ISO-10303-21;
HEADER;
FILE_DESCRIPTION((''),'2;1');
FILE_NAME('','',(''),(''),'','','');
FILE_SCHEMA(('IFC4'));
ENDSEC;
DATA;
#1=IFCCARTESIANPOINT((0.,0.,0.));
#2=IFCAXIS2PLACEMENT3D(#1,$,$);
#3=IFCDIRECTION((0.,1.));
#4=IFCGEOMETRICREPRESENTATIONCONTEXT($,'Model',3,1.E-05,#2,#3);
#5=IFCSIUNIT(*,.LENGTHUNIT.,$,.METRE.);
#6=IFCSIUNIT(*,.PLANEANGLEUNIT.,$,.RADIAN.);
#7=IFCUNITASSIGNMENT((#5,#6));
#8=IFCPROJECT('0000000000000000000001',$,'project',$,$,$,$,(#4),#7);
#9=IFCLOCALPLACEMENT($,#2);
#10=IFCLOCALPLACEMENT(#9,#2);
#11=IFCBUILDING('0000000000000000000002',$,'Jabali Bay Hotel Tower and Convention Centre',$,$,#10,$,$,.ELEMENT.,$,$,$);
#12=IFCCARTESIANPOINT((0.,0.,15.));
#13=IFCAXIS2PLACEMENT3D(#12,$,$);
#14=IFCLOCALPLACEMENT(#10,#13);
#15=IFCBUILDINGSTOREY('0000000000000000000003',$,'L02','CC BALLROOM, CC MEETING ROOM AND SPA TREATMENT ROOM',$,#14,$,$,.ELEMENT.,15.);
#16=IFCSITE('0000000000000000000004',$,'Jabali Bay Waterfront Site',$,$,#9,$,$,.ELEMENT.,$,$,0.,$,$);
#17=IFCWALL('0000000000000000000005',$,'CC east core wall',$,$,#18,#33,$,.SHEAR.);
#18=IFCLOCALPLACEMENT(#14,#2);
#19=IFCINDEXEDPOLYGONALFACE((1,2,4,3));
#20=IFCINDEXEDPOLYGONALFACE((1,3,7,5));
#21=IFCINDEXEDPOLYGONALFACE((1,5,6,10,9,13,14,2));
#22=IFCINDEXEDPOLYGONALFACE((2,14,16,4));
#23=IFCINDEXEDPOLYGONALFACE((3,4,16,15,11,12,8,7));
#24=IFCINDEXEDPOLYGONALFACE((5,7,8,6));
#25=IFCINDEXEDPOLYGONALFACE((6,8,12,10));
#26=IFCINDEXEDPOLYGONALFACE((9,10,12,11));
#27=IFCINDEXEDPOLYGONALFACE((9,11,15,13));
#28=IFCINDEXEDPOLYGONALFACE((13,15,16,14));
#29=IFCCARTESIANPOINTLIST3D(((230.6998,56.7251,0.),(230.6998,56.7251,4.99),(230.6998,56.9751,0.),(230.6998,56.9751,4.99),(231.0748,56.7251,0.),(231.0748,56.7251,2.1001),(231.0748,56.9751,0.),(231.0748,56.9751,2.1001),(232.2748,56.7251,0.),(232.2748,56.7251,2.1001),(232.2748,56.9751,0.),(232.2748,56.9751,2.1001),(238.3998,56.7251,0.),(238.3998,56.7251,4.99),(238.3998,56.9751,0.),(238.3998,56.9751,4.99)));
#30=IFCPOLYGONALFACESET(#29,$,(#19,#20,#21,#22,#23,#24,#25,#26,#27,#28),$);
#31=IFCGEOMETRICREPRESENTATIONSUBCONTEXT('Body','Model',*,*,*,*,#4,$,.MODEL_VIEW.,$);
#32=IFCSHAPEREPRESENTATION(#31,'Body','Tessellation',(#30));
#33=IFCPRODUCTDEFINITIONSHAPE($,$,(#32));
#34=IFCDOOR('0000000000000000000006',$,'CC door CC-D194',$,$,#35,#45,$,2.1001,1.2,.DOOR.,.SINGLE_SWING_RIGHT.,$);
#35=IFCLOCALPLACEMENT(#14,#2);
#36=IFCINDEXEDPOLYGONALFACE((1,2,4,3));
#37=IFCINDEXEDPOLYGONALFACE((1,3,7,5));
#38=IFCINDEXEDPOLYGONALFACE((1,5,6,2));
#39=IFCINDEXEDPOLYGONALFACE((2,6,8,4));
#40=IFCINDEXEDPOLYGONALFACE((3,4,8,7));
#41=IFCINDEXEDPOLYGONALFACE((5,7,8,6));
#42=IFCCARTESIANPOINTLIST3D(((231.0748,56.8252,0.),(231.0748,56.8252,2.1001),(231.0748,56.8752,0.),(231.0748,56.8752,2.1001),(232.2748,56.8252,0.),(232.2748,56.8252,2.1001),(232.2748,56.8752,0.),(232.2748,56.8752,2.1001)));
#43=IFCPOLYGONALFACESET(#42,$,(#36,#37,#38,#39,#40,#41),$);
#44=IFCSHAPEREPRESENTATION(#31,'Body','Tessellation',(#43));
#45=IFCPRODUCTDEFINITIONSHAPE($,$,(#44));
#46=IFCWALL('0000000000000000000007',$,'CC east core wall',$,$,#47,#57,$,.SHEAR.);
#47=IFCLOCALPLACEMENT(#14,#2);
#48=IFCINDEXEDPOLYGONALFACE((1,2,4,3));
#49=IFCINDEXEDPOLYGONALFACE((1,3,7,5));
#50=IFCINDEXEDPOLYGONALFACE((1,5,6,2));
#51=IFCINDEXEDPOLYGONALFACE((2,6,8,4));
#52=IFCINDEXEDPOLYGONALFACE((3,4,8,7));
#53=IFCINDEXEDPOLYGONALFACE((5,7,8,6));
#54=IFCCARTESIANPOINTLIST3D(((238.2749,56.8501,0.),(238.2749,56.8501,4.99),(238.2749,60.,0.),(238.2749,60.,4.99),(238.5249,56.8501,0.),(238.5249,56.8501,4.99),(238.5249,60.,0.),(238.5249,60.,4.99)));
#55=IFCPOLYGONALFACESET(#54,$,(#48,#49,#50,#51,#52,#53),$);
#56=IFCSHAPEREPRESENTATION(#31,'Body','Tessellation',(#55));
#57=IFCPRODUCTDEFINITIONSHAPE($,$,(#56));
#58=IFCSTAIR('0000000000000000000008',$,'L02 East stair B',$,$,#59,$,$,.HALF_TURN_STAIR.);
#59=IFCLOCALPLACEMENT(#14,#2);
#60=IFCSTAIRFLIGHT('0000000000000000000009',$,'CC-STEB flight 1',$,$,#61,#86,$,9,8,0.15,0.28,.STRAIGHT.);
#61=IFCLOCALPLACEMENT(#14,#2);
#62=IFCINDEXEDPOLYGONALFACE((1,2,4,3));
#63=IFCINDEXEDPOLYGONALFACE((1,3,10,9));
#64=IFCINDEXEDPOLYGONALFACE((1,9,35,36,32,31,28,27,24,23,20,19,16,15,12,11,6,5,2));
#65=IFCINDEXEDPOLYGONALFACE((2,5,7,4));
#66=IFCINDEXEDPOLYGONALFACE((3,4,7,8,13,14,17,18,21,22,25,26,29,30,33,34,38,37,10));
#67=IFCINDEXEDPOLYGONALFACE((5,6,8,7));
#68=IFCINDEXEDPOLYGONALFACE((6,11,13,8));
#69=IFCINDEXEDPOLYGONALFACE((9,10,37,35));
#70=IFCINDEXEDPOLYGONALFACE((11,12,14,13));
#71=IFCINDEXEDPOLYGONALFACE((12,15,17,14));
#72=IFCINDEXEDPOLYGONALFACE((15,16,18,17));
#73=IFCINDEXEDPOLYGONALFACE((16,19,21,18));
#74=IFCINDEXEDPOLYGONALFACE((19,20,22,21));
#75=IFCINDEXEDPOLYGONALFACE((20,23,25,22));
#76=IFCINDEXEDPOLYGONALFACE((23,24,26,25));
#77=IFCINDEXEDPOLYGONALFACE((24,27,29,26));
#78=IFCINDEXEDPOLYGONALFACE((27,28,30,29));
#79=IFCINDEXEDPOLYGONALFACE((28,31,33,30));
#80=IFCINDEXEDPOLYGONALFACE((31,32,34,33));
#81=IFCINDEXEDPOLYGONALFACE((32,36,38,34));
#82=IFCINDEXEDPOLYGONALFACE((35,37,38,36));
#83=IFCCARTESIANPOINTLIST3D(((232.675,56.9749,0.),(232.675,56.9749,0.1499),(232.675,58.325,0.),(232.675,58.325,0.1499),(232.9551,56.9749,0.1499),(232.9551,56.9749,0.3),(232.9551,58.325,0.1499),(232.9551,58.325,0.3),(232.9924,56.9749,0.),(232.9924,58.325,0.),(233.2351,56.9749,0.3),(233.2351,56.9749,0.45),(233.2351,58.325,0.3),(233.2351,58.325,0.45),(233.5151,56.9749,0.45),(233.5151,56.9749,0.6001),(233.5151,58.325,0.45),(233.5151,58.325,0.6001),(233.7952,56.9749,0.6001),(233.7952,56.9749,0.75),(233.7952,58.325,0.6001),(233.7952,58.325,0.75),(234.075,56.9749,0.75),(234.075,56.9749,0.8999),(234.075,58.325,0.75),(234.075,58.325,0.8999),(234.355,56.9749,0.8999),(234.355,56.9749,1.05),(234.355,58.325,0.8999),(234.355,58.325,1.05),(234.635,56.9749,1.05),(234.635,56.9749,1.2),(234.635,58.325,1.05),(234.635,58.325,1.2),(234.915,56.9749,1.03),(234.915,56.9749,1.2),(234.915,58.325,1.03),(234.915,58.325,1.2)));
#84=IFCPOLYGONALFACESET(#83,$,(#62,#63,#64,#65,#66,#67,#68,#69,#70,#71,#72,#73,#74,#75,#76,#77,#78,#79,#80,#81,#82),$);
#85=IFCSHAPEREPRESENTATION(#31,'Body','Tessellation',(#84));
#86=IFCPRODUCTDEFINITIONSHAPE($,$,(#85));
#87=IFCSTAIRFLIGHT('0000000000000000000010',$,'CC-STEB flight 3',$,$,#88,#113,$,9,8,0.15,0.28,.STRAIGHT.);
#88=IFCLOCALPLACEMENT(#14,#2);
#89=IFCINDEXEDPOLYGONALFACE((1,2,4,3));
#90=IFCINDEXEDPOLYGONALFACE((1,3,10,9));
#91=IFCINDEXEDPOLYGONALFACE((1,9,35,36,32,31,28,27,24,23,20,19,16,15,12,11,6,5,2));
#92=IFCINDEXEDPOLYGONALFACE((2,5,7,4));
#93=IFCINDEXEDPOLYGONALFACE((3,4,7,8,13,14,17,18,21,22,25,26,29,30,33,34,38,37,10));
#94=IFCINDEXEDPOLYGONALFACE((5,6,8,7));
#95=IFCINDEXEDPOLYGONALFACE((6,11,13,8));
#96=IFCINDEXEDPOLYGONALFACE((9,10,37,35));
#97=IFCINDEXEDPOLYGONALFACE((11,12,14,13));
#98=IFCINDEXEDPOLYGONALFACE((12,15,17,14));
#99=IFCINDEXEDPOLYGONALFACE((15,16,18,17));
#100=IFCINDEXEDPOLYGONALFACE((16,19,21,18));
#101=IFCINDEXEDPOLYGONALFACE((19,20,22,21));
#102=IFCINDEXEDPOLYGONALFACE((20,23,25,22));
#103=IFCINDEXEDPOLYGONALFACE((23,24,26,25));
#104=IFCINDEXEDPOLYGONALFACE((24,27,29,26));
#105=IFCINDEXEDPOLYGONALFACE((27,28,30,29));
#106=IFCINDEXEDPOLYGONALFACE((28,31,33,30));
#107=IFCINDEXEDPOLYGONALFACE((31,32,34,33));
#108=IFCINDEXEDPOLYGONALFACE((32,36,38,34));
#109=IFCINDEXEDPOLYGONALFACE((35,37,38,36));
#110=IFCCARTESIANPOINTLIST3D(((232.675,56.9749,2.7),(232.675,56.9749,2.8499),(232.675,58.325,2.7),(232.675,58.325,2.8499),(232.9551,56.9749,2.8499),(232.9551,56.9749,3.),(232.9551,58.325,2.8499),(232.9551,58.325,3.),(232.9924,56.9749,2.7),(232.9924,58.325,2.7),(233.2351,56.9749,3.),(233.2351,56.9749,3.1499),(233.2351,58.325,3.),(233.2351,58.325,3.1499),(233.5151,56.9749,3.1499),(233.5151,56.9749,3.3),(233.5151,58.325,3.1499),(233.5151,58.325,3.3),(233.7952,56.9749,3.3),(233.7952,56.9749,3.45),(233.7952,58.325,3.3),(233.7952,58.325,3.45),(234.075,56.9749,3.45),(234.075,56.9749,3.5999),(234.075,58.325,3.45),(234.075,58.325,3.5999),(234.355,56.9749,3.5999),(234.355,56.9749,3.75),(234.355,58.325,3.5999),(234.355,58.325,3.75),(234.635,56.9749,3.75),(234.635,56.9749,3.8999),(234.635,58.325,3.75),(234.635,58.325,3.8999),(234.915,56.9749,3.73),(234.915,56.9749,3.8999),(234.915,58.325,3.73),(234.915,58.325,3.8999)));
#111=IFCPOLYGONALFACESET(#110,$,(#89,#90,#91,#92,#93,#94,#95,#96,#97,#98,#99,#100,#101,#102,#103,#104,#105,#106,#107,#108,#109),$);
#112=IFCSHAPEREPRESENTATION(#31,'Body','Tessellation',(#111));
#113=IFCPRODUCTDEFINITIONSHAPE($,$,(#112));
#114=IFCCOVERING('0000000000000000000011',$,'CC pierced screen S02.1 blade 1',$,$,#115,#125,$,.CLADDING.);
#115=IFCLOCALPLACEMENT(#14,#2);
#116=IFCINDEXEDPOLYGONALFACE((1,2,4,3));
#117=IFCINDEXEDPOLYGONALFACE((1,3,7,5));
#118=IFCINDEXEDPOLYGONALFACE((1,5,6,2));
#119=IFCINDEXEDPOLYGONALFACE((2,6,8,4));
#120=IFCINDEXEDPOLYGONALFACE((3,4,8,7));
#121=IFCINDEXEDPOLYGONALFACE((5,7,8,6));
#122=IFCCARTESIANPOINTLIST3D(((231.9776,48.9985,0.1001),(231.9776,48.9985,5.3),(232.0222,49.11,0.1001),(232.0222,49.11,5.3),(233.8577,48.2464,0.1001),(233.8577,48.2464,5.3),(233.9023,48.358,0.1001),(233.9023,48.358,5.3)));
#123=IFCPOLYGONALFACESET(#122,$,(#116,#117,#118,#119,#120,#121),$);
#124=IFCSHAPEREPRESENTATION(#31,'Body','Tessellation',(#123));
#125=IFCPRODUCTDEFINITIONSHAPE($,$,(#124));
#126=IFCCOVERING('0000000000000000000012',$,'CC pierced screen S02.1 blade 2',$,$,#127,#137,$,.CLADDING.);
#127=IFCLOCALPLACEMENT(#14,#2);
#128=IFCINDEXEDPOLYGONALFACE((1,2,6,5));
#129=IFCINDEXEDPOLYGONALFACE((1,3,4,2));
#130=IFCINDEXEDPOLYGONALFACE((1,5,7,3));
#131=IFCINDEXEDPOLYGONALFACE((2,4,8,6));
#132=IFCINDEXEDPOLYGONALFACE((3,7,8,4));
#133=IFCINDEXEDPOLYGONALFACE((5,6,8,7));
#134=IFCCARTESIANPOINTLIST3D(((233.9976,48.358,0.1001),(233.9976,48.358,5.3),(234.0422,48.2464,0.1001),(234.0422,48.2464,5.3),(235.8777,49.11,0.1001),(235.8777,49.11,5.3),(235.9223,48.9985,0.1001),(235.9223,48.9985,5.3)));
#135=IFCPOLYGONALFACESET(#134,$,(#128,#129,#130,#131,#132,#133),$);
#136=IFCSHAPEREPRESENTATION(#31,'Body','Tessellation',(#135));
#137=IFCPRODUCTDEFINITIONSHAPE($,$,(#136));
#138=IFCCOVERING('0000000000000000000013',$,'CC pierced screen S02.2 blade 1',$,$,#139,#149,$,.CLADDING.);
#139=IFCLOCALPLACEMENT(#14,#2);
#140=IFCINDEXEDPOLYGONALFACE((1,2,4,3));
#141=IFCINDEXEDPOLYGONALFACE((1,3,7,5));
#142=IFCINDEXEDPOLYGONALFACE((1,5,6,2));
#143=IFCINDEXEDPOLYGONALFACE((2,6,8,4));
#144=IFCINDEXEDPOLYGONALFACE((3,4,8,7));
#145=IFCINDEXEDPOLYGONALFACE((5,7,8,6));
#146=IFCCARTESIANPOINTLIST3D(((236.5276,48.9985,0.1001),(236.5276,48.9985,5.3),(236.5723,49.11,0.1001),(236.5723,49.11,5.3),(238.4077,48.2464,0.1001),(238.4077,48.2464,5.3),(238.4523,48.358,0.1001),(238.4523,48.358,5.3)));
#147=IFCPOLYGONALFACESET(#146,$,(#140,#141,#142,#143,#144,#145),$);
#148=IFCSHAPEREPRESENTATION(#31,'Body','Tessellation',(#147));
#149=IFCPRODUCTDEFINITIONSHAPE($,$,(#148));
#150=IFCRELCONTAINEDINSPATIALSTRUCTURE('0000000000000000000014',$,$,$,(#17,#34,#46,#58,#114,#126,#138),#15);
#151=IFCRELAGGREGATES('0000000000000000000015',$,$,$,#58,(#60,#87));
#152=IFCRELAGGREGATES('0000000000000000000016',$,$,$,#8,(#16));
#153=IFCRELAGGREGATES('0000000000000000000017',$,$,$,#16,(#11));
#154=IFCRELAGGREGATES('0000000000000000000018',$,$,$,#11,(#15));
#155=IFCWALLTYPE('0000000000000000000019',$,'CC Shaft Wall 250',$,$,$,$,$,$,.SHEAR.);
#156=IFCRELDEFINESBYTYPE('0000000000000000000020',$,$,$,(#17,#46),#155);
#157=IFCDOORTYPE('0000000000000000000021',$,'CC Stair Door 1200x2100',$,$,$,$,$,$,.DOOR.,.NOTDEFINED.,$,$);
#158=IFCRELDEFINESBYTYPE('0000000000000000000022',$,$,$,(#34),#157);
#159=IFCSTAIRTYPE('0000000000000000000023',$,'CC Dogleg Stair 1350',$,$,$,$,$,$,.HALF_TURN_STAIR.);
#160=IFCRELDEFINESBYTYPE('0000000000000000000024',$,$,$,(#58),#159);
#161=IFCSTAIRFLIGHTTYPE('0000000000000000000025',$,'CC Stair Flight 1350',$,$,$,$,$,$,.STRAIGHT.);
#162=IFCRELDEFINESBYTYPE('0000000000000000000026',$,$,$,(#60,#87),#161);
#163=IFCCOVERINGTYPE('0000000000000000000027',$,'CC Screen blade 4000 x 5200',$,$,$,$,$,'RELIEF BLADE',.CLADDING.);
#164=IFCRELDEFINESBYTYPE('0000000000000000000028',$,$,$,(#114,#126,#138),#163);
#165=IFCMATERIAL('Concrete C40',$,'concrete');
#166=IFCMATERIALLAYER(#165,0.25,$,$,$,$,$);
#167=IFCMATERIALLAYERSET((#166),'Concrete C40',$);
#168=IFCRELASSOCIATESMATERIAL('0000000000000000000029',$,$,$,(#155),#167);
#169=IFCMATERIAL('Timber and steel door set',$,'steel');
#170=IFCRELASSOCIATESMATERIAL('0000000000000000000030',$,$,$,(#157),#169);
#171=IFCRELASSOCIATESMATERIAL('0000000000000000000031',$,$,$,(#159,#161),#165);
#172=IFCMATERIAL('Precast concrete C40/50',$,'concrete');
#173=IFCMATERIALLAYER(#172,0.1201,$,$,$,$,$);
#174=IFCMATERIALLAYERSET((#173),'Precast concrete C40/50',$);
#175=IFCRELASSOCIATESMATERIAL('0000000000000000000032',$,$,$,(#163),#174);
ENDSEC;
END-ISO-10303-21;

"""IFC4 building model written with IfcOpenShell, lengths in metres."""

from ifc_helpers import new_model, si_unit, direction, frame, frame_2d, origin, origin_2d, place, context, subcontext, project, spatial, polyline, rectangle, outline, extrude, material, layer, layer_set, type_object, element, fill, aggregate, save


model = new_model("IFC4")

# Units and contexts
model_context = context("Model", 3, precision=1e-05, world=origin(), true_north=direction((0.0, 1.0)))
body_context = subcontext(model_context, "Body", "Model", "MODEL_VIEW")
ifc_project = project(units=[si_unit("LENGTHUNIT", "METRE"), si_unit("PLANEANGLEUNIT", "RADIAN")], contexts=[model_context])

# Site, building, storey
site_placement = place(None, origin())
site = spatial("IfcSite", under=ifc_project, at=site_placement, Name="Jabali Bay Waterfront Site", CompositionType="ELEMENT", RefElevation=0.0)
building_placement = place(site_placement, origin())
building = spatial("IfcBuilding", under=site, at=building_placement, Name="Jabali Bay Hotel Tower and Convention Centre", CompositionType="ELEMENT")
storey_placement = place(building_placement, frame((0.0, 0.0, 15.0)))
storey = spatial("IfcBuildingStorey", under=building, at=storey_placement, Name="L02", Description="CC BALLROOM, CC MEETING ROOM AND SPA TREATMENT ROOM", CompositionType="ELEMENT", Elevation=15.0)

# Shared definitions
ifc_material_1 = material(Name="Precast concrete C40/50", Category="concrete")

# Shared definitions
ifc_material_2 = material(Name="Timber and steel door set", Category="steel")

# Shared definitions
ifc_material_3 = material(Name="Concrete C40", Category="concrete")

# Wall, opening, door
ifc_layer_1 = layer(ifc_material_3, 0.25)
ifc_layer_set_1 = layer_set([ifc_layer_1], Name="Concrete C40")
wall_type_1 = type_object("IfcWallType", Name="CC Shaft Wall 250", PredefinedType="SHEAR", material=ifc_layer_set_1)
wall_1_placement = place(storey_placement, frame((238.3999, 56.8501, 0.0), z_axis=(0.0, 0.0, 1.0), x_axis=(-1.0, 0.0, 0.0)))
wall_1 = element("IfcWall", 1, at=wall_1_placement, inside=storey, type_object=wall_type_1, Name="CC east core wall", PredefinedType="SHEAR", context=body_context, shape_type="SweptSolid", body=[
    extrude(rectangle(XDim=7.7, YDim=0.25, at=frame_2d((3.8501, 0.0))), origin(), (0.0, 0.0, 1.0), 4.99),
])
opening_1_placement = place(wall_1_placement, frame((6.125, 0.0, 0.0)))
opening_1 = element("IfcOpeningElement", 2, at=opening_1_placement, cuts=wall_1, PredefinedType="OPENING", context=body_context, shape_type="SweptSolid", body=[
    extrude(rectangle(XDim=1.2, YDim=2.1001, at=frame_2d((0.6001, 1.05))), frame((0.0, 0.1355, 0.0), z_axis=(0.0, -1.0, 0.0), x_axis=(1.0, 0.0, 0.0)), (0.0, 0.0, 1.0), 0.271),
])
door_type_1 = type_object("IfcDoorType", Name="CC Stair Door 1200x2100", OperationType="NOTDEFINED", PredefinedType="DOOR", material=ifc_material_2)
door_1_placement = place(opening_1_placement, origin())
door_1 = element("IfcDoor", 3, at=door_1_placement, inside=storey, type_object=door_type_1, Name="CC door CC-D194", OperationType="SINGLE_SWING_RIGHT", OverallHeight=2.1001, OverallWidth=1.2, PredefinedType="DOOR", context=body_context, shape_type="SweptSolid", body=[
    extrude(rectangle(XDim=1.2, YDim=2.1001, at=frame_2d((0.6001, 1.05))), frame((0.0, 0.0249, 0.0), z_axis=(0.0, -1.0, 0.0), x_axis=(1.0, 0.0, 0.0)), (0.0, 0.0, 1.0), 0.05),
])
fill(opening_1, door_1)

# Wall
wall_2_placement = place(storey_placement, frame((238.3999, 56.8501, 0.0), z_axis=(0.0, 0.0, 1.0), x_axis=(0.0, 1.0, 0.0)))
element("IfcWall", 4, at=wall_2_placement, inside=storey, type_object=wall_type_1, Name="CC east core wall", PredefinedType="SHEAR", context=body_context, shape_type="SweptSolid", body=[
    extrude(rectangle(XDim=3.1499, YDim=0.25, at=frame_2d((1.575, 0.0))), origin(), (0.0, 0.0, 1.0), 4.99),
])

# Stair, stair flights
stair_type = type_object("IfcStairType", Name="CC Dogleg Stair 1350", PredefinedType="HALF_TURN_STAIR", material=ifc_material_3)
stair_placement = place(storey_placement, origin())
stair = element("IfcStair", 5, at=stair_placement, inside=storey, type_object=stair_type, Name="L02 East stair B", PredefinedType="HALF_TURN_STAIR")
stair_flight_type = type_object("IfcStairFlightType", Name="CC Stair Flight 1350", PredefinedType="STRAIGHT", material=ifc_material_3)
stair_flight_1_placement = place(storey_placement, frame((232.675, 57.6499, 0.0), z_axis=(0.0, 0.0, 1.0), x_axis=(1.0, 0.0, 0.0)))
stair_flight_1 = element("IfcStairFlight", 6, at=stair_flight_1_placement, type_object=stair_flight_type, Name="CC-STEB flight 1", NumberOfRisers=9, NumberOfTreads=8, PredefinedType="STRAIGHT", RiserHeight=0.15, TreadLength=0.28, context=body_context, shape_type="SweptSolid", body=[
    extrude(outline(polyline([(0.0, 0.0), (0.0, 0.1499), (0.28, 0.1499), (0.28, 0.3), (0.5601, 0.3), (0.5601, 0.45), (0.8401, 0.45), (0.8401, 0.6001), (1.1201, 0.6001), (1.1201, 0.75), (1.3999, 0.75), (1.3999, 0.8999), (1.6799, 0.8999), (1.6799, 1.05), (1.96, 1.05), (1.96, 1.2), (2.24, 1.2), (2.24, 1.3501), (2.24, 1.03), (0.3174, 0.0), (0.0, 0.0)])), frame((0.0, 0.675, 0.0), z_axis=(0.0, -1.0, 0.0), x_axis=(1.0, 0.0, 0.0)), (0.0, 0.0, 1.0), 1.3501),
])
stair_flight_2_placement = place(storey_placement, frame((232.675, 57.6499, 2.7), z_axis=(0.0, 0.0, 1.0), x_axis=(1.0, 0.0, 0.0)))
stair_flight_2 = element("IfcStairFlight", 7, at=stair_flight_2_placement, type_object=stair_flight_type, Name="CC-STEB flight 3", NumberOfRisers=9, NumberOfTreads=8, PredefinedType="STRAIGHT", RiserHeight=0.15, TreadLength=0.28, context=body_context, shape_type="SweptSolid", body=[
    extrude(outline(polyline([(0.0, 0.0), (0.0, 0.1499), (0.28, 0.1499), (0.28, 0.3), (0.5601, 0.3), (0.5601, 0.45), (0.8401, 0.45), (0.8401, 0.6001), (1.1201, 0.6001), (1.1201, 0.75), (1.3999, 0.75), (1.3999, 0.8999), (1.6799, 0.8999), (1.6799, 1.05), (1.96, 1.05), (1.96, 1.2), (2.24, 1.2), (2.24, 1.3501), (2.24, 1.03), (0.3174, 0.0), (0.0, 0.0)])), frame((0.0, 0.675, 0.0), z_axis=(0.0, -1.0, 0.0), x_axis=(1.0, 0.0, 0.0)), (0.0, 0.0, 1.0), 1.3501),
])
aggregate(stair, [stair_flight_1, stair_flight_2])

# Coverings
ifc_layer_2 = layer(ifc_material_1, 0.1201)
ifc_layer_set_2 = layer_set([ifc_layer_2], Name="Precast concrete C40/50")
covering_type = type_object("IfcCoveringType", Name="CC Screen blade 4000 x 5200", ElementType="RELIEF BLADE", PredefinedType="CLADDING", material=ifc_layer_set_2)
for number, where, z_axis, x_axis, name in (
    (8, (232.9399, 48.6782, 0.1001), (0.0, 0.0, 1.0), (0.928477, -0.371391, 0.0), "CC pierced screen S02.1 blade 1"),
    (9, (234.96, 48.6782, 0.1001), (0.0, 0.0, 1.0), (-0.928477, -0.371391, 0.0), "CC pierced screen S02.1 blade 2"),
    (10, (237.49, 48.6782, 0.1001), (0.0, 0.0, 1.0), (0.928477, -0.371391, 0.0), "CC pierced screen S02.2 blade 1"),
):
    element("IfcCovering", number, at=place(storey_placement, frame(where, z_axis=z_axis, x_axis=x_axis)), inside=storey, type_object=covering_type, Name=name, PredefinedType="CLADDING", context=body_context, shape_type="SweptSolid", body=[
        extrude(rectangle(XDim=2.0249, YDim=0.1201, at=origin_2d()), origin(), (0.0, 0.0, 1.0), 5.2),
    ])

save(model, "model.ifc")
